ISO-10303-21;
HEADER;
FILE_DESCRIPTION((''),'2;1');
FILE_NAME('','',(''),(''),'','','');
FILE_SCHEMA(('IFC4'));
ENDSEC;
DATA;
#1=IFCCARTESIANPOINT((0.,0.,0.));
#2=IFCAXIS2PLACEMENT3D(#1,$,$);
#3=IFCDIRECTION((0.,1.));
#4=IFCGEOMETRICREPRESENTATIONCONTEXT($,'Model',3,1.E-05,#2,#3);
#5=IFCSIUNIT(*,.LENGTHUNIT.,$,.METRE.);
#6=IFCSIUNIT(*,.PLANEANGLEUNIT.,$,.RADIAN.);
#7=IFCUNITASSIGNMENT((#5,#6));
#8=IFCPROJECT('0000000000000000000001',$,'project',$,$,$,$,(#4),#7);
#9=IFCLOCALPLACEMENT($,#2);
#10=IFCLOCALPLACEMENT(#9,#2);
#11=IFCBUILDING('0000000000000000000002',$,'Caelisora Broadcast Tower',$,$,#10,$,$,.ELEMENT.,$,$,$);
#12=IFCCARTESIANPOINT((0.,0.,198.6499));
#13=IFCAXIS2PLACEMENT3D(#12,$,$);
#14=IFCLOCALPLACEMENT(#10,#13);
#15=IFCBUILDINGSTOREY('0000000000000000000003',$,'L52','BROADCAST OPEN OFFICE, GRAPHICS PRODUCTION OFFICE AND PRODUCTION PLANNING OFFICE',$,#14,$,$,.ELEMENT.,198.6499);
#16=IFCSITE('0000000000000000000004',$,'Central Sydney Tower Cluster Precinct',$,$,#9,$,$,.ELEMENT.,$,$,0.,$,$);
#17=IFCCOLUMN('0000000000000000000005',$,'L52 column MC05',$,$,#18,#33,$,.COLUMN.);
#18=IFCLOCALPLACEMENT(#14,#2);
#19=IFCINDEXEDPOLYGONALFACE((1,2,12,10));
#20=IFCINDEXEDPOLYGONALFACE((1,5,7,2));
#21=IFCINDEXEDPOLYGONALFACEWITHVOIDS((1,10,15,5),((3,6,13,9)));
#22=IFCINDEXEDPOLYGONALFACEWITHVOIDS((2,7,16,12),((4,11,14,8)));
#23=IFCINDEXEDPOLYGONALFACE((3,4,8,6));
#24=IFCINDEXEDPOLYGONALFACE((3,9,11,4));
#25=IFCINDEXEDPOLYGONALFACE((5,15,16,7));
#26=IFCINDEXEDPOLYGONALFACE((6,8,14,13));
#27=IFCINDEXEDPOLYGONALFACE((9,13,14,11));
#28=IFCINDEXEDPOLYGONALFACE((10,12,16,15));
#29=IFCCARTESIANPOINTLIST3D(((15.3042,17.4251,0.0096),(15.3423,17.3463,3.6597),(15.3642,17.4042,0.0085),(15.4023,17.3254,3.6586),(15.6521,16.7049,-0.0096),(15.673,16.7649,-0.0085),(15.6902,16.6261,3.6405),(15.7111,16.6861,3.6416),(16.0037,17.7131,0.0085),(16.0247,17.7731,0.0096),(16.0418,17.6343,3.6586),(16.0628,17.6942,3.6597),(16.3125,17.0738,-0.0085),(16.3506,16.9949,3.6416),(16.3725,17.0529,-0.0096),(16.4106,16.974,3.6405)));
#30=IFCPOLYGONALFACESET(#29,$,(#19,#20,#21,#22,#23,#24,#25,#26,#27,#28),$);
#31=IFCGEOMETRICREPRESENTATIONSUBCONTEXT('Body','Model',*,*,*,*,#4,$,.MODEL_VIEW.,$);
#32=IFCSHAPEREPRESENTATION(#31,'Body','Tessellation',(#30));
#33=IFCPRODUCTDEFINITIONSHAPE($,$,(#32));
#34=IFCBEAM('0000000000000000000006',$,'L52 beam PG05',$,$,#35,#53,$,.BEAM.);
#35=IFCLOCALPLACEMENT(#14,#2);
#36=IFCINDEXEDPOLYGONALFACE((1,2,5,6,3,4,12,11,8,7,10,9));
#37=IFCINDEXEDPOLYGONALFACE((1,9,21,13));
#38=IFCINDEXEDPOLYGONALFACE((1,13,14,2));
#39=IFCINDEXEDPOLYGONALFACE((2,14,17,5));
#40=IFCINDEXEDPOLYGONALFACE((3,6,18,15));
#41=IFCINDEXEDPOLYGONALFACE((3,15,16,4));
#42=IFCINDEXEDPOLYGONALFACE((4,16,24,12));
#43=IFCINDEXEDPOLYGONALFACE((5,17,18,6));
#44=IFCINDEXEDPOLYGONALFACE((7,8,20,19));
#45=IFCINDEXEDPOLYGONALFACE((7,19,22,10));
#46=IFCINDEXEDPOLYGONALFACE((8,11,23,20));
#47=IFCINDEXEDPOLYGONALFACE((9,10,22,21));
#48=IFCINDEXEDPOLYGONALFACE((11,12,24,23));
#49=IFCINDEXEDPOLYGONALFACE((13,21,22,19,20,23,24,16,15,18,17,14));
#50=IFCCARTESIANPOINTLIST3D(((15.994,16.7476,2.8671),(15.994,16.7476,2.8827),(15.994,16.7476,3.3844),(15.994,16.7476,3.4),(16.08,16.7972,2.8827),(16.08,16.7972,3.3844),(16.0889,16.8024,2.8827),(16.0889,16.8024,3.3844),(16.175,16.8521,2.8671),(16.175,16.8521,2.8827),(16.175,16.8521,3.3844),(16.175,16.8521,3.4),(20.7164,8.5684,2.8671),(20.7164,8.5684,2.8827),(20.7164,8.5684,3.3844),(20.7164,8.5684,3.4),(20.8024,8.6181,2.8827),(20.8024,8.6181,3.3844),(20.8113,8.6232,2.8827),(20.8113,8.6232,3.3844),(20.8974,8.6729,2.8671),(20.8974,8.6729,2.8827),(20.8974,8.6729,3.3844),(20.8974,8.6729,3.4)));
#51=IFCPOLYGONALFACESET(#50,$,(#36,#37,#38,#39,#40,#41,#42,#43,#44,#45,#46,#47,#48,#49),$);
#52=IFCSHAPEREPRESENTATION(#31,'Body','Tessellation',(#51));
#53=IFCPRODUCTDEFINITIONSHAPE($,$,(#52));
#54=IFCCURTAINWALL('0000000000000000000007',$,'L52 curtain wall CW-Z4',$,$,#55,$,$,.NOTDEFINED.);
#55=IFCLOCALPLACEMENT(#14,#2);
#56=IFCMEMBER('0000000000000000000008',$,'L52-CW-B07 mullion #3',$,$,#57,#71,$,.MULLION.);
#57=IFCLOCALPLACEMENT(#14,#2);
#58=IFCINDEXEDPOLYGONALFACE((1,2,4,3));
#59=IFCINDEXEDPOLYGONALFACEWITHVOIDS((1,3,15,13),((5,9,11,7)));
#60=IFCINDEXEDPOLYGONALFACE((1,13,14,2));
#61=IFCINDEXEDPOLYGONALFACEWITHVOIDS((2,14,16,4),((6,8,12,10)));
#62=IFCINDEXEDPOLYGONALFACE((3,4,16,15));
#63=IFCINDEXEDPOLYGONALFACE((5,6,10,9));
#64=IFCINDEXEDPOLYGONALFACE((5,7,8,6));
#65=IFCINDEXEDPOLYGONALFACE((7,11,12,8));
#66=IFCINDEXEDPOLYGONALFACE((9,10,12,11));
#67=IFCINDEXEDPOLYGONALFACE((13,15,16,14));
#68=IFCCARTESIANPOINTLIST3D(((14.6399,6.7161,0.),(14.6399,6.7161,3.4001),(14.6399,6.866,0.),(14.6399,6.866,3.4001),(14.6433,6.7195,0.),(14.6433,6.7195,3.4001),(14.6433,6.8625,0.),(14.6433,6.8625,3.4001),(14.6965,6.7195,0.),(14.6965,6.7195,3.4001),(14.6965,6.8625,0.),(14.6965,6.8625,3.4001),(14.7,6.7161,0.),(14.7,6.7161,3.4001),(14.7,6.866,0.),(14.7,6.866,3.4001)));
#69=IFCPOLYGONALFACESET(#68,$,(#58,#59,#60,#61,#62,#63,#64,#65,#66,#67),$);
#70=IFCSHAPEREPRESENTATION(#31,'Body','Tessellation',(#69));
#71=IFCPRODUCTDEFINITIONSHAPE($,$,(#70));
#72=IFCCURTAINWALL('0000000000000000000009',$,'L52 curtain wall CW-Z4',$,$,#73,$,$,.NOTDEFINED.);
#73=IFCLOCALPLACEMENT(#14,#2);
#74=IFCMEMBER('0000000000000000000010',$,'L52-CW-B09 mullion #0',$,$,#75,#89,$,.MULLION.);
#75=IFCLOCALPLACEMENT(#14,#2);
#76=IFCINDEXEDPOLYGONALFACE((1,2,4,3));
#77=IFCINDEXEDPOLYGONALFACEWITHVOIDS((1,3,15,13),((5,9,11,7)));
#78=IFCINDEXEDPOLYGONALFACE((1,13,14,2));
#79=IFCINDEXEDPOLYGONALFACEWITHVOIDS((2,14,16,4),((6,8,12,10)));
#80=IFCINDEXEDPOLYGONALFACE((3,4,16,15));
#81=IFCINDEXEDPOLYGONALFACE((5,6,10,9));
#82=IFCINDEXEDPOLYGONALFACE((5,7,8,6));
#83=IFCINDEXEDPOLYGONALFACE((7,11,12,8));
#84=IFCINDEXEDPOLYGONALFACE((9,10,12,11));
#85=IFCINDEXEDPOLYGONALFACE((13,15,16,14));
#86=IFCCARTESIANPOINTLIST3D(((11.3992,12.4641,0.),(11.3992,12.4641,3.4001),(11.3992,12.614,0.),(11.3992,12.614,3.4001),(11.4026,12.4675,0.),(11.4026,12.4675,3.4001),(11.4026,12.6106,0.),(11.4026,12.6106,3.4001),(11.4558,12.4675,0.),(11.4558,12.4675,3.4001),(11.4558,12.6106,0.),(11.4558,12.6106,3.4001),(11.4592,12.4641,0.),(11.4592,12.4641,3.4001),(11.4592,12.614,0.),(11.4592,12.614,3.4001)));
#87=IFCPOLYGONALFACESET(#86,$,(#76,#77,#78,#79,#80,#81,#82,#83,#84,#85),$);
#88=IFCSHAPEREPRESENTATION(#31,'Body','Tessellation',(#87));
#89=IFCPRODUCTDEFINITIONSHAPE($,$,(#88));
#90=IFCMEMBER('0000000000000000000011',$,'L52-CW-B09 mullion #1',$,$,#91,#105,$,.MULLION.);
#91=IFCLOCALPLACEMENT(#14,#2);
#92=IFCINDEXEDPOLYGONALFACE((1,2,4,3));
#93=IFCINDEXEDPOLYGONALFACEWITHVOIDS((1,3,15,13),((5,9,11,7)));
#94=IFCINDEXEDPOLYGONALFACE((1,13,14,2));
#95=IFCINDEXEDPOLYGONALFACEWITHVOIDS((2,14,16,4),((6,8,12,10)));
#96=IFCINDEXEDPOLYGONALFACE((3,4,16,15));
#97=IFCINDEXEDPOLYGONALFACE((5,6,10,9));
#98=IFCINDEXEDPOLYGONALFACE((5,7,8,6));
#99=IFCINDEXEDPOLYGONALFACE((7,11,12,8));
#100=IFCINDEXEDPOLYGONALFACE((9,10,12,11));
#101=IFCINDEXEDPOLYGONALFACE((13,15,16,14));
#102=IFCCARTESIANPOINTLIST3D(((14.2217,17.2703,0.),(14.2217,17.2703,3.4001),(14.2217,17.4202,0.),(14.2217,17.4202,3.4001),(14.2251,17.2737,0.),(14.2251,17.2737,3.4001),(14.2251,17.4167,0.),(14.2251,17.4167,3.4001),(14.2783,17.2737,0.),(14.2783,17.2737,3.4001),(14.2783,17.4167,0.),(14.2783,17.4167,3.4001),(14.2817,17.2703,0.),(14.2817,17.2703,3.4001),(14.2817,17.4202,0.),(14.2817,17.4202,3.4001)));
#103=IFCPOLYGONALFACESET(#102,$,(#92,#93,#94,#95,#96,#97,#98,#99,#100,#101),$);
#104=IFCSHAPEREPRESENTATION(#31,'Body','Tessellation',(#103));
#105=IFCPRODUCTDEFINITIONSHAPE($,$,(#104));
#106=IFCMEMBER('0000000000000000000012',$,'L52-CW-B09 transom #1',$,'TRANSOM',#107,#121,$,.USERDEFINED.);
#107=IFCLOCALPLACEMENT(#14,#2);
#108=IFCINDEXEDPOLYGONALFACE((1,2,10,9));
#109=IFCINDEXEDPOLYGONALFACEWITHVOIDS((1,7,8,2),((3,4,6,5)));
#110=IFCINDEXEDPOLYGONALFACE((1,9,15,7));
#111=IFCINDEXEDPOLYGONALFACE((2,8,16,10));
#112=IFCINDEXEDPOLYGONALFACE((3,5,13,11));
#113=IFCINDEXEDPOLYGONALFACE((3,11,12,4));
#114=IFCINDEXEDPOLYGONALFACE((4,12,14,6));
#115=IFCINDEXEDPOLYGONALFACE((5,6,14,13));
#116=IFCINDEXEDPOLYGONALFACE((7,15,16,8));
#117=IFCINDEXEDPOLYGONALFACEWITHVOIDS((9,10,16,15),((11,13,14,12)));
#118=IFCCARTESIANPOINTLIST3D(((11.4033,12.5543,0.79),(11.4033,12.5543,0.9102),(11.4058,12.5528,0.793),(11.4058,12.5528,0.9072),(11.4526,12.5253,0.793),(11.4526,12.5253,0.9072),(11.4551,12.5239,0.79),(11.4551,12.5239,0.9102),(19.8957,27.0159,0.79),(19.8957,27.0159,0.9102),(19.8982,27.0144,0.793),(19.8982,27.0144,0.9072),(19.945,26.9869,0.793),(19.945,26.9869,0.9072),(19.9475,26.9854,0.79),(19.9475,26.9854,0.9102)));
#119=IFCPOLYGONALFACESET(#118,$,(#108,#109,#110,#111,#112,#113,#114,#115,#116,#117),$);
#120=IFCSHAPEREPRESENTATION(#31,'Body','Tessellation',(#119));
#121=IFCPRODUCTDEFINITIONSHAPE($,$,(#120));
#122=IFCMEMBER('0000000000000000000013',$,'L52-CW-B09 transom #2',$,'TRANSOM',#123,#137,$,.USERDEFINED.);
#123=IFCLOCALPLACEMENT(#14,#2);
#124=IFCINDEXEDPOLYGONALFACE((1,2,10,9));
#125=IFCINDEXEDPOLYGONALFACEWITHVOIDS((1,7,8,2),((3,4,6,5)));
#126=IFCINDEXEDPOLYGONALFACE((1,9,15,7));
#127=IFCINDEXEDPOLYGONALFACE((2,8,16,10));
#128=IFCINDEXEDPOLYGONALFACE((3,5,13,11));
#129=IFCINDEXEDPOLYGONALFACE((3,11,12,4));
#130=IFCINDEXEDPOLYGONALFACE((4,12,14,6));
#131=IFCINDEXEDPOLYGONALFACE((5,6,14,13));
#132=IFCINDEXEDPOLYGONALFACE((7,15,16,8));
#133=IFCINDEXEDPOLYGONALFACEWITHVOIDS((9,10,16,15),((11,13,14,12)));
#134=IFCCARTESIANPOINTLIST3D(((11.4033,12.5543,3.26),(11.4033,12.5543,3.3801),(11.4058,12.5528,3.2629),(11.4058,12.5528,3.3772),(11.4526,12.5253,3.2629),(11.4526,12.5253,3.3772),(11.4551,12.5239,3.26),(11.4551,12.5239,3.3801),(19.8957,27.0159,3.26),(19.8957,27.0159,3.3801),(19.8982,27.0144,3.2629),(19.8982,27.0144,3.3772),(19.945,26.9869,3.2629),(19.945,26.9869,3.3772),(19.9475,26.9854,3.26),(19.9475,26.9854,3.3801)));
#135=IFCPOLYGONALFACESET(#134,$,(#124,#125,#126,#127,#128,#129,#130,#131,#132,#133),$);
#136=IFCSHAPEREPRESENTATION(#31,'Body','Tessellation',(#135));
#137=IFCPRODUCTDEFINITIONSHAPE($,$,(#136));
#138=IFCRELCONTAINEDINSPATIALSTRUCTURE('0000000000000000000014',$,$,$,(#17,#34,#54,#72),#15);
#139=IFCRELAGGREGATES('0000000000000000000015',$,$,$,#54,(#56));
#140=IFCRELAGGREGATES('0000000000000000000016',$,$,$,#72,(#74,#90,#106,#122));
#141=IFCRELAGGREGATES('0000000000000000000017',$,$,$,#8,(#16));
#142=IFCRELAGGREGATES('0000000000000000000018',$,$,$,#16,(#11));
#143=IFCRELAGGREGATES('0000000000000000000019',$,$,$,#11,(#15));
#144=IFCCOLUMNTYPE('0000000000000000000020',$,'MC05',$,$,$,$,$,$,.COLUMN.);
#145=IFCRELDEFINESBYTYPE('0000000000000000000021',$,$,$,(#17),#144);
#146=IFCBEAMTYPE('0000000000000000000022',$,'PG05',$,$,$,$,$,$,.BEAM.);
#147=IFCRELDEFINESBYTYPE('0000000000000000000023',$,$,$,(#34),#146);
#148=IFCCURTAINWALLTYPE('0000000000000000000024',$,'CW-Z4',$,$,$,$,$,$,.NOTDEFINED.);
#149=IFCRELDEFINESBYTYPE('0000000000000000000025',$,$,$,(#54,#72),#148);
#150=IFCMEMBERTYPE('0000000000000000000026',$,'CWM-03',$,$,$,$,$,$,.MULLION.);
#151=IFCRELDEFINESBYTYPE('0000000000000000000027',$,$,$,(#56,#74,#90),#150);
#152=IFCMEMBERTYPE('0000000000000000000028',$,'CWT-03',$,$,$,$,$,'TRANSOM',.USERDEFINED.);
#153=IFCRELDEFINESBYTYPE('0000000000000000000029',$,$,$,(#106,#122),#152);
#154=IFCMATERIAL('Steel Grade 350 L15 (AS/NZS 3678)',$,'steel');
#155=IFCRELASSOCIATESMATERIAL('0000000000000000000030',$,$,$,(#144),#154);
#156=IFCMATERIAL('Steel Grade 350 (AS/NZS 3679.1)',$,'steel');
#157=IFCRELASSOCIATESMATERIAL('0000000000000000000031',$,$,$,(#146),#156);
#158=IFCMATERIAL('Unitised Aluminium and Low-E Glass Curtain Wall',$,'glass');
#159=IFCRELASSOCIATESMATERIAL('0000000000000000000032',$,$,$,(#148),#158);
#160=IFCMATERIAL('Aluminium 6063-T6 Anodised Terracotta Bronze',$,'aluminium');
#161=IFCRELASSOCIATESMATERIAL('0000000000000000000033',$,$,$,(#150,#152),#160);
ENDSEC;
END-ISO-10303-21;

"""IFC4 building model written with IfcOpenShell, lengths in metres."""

from ifc_helpers import new_model, si_unit, direction, frame, origin, origin_2d, place, context, subcontext, project, spatial, hollow_rectangle, i_section, extrude, source, transform, mapped, material, material_profile, profile_set, type_object, type_shapes, element, aggregate, save


model = new_model("IFC4")

# Units and contexts
model_context = context("Model", 3, precision=1e-05, world=origin(), true_north=direction((0.0, 1.0)))
body_context = subcontext(model_context, "Body", "Model", "MODEL_VIEW")
ifc_project = project(units=[si_unit("LENGTHUNIT", "METRE"), si_unit("PLANEANGLEUNIT", "RADIAN")], contexts=[model_context])

# Site, building, storey
site_placement = place(None, origin())
site = spatial("IfcSite", under=ifc_project, at=site_placement, Name="Central Sydney Tower Cluster Precinct", CompositionType="ELEMENT", RefElevation=0.0)
building_placement = place(site_placement, origin())
building = spatial("IfcBuilding", under=site, at=building_placement, Name="Caelisora Broadcast Tower", CompositionType="ELEMENT")
storey_placement = place(building_placement, frame((0.0, 0.0, 198.6499)))
storey = spatial("IfcBuildingStorey", under=building, at=storey_placement, Name="L52", Description="BROADCAST OPEN OFFICE, GRAPHICS PRODUCTION OFFICE AND PRODUCTION PLANNING OFFICE", CompositionType="ELEMENT", Elevation=198.6499)

# Column
ifc_material_1 = material(Name="Steel Grade 350 L15 (AS/NZS 3678)", Category="steel")
ifc_material_profile_1 = material_profile(ifc_material_1, hollow_rectangle(XDim=0.8, YDim=0.8, WallThickness=0.0449, at=origin_2d()), Name="Steel Grade 350 L15 (AS/NZS 3678)")
ifc_profile_set_1 = profile_set([ifc_material_profile_1], Name="Steel Grade 350 L15 (AS/NZS 3678)")
column_type = type_object("IfcColumnType", Name="MC05", PredefinedType="COLUMN", material=ifc_profile_set_1)
shared_shape_1 = source(origin(), body_context, "Body", "SweptSolid", [
    extrude(hollow_rectangle(XDim=0.8, YDim=0.8, WallThickness=0.0449, at=origin_2d()), origin(), (0.0, 0.0, 1.0), 3.6511),
])
type_shapes(column_type, [shared_shape_1])
column_placement = place(storey_placement, frame((15.8384, 17.239, 0.0), z_axis=(0.010431, -0.021598, 0.999712), x_axis=(0.900476, 0.434905, 0.0)))
element("IfcColumn", 1, at=column_placement, inside=storey, type_object=column_type, Name="L52 column MC05", PredefinedType="COLUMN", context=body_context, shape_type="MappedRepresentation", body=[
    mapped(shared_shape_1, transform((0.0, 0.0, 0.0), scale=1.0)),
])

# Beam
ifc_material_2 = material(Name="Steel Grade 350 (AS/NZS 3679.1)", Category="steel")
ifc_material_profile_2 = material_profile(ifc_material_2, i_section(OverallWidth=0.209, OverallDepth=0.533, WebThickness=0.0103, FlangeThickness=0.0156, at=origin_2d()), Name="Steel Grade 350 (AS/NZS 3679.1)")
ifc_profile_set_2 = profile_set([ifc_material_profile_2], Name="Steel Grade 350 (AS/NZS 3679.1)")
beam_type = type_object("IfcBeamType", Name="PG05", PredefinedType="BEAM", material=ifc_profile_set_2)
shared_shape_2 = source(origin(), body_context, "Body", "SweptSolid", [
    extrude(i_section(OverallWidth=0.209, OverallDepth=0.533, WebThickness=0.0103, FlangeThickness=0.0156, at=origin_2d()), origin(), (0.0, 0.0, 1.0), 9.4446),
])
type_shapes(beam_type, [shared_shape_2])
beam_placement = place(storey_placement, frame((16.0845, 16.7998, 3.1335), z_axis=(0.500012, -0.866019, 0.0), x_axis=(0.866019, 0.500012, 0.0)))
element("IfcBeam", 2, at=beam_placement, inside=storey, type_object=beam_type, Name="L52 beam PG05", PredefinedType="BEAM", context=body_context, shape_type="MappedRepresentation", body=[
    mapped(shared_shape_2, transform((0.0, 0.0, 0.0), scale=1.0)),
])

# Curtain wall, member
ifc_material_3 = material(Name="Unitised Aluminium and Low-E Glass Curtain Wall", Category="glass")
curtain_wall_type = type_object("IfcCurtainWallType", Name="CW-Z4", PredefinedType="NOTDEFINED", material=ifc_material_3)
curtain_wall_1_placement = place(storey_placement, origin())
curtain_wall_1 = element("IfcCurtainWall", 3, at=curtain_wall_1_placement, inside=storey, type_object=curtain_wall_type, Name="L52 curtain wall CW-Z4", PredefinedType="NOTDEFINED")
ifc_material_4 = material(Name="Aluminium 6063-T6 Anodised Terracotta Bronze", Category="aluminium")
ifc_material_profile_3 = material_profile(ifc_material_4, hollow_rectangle(XDim=0.0601, YDim=0.1499, WallThickness=0.0034, at=origin_2d()), Name="Aluminium 6063-T6 Anodised Terracotta Bronze")
ifc_profile_set_3 = profile_set([ifc_material_profile_3], Name="Aluminium 6063-T6 Anodised Terracotta Bronze")
member_type_1 = type_object("IfcMemberType", Name="CWM-03", PredefinedType="MULLION", material=ifc_profile_set_3)
shared_shape_3 = source(origin(), body_context, "Body", "SweptSolid", [
    extrude(hollow_rectangle(XDim=0.0601, YDim=0.1499, WallThickness=0.0034, at=origin_2d()), origin(), (0.0, 0.0, 1.0), 3.4001),
])
type_shapes(member_type_1, [shared_shape_3])
member_1_placement = place(storey_placement, frame((14.6699, 6.791, 0.0), z_axis=(0.0, 0.0, 1.0), x_axis=(1.0, 0.0, 0.0)))
member_1 = element("IfcMember", 4, at=member_1_placement, type_object=member_type_1, Name="L52-CW-B07 mullion #3", PredefinedType="MULLION", context=body_context, shape_type="MappedRepresentation", body=[
    mapped(shared_shape_3, transform((0.0, 0.0, 0.0), scale=1.0)),
])
aggregate(curtain_wall_1, [member_1])

# Curtain wall, members
curtain_wall_2_placement = place(storey_placement, origin())
curtain_wall_2 = element("IfcCurtainWall", 5, at=curtain_wall_2_placement, inside=storey, type_object=curtain_wall_type, Name="L52 curtain wall CW-Z4", PredefinedType="NOTDEFINED")
member_2_placement = place(storey_placement, frame((11.4292, 12.5391, 0.0), z_axis=(0.0, 0.0, 1.0), x_axis=(1.0, 0.0, 0.0)))
member_2 = element("IfcMember", 6, at=member_2_placement, type_object=member_type_1, Name="L52-CW-B09 mullion #0", PredefinedType="MULLION", context=body_context, shape_type="MappedRepresentation", body=[
    mapped(shared_shape_3, transform((0.0, 0.0, 0.0), scale=1.0)),
])
member_3_placement = place(storey_placement, frame((14.2517, 17.3452, 0.0), z_axis=(0.0, 0.0, 1.0), x_axis=(1.0, 0.0, 0.0)))
member_3 = element("IfcMember", 7, at=member_3_placement, type_object=member_type_1, Name="L52-CW-B09 mullion #1", PredefinedType="MULLION", context=body_context, shape_type="MappedRepresentation", body=[
    mapped(shared_shape_3, transform((0.0, 0.0, 0.0), scale=1.0)),
])
ifc_material_profile_4 = material_profile(ifc_material_4, hollow_rectangle(XDim=0.0601, YDim=0.1201, WallThickness=0.0029, at=origin_2d()), Name="Aluminium 6063-T6 Anodised Terracotta Bronze")
ifc_profile_set_4 = profile_set([ifc_material_profile_4], Name="Aluminium 6063-T6 Anodised Terracotta Bronze")
member_type_2 = type_object("IfcMemberType", Name="CWT-03", ElementType="TRANSOM", PredefinedType="USERDEFINED", material=ifc_profile_set_4)
shared_shape_4 = source(origin(), body_context, "Body", "SweptSolid", [
    extrude(hollow_rectangle(XDim=0.0601, YDim=0.1201, WallThickness=0.0029, at=origin_2d()), origin(), (0.0, 0.0, 1.0), 16.7708),
])
type_shapes(member_type_2, [shared_shape_4])
member_4_placement = place(storey_placement, frame((11.4292, 12.5391, 0.8501), z_axis=(0.506381, 0.86231, 0.0), x_axis=(-0.86231, 0.506381, 0.0)))
member_4 = element("IfcMember", 8, at=member_4_placement, type_object=member_type_2, Name="L52-CW-B09 transom #1", ObjectType="TRANSOM", PredefinedType="USERDEFINED", context=body_context, shape_type="MappedRepresentation", body=[
    mapped(shared_shape_4, transform((0.0, 0.0, 0.0), scale=1.0)),
])
member_5_placement = place(storey_placement, frame((11.4292, 12.5391, 3.3201), z_axis=(0.506381, 0.86231, 0.0), x_axis=(-0.86231, 0.506381, 0.0)))
member_5 = element("IfcMember", 9, at=member_5_placement, type_object=member_type_2, Name="L52-CW-B09 transom #2", ObjectType="TRANSOM", PredefinedType="USERDEFINED", context=body_context, shape_type="MappedRepresentation", body=[
    mapped(shared_shape_4, transform((0.0, 0.0, 0.0), scale=1.0)),
])

aggregate(curtain_wall_2, [member_2, member_3, member_4, member_5])

save(model, "model.ifc")
